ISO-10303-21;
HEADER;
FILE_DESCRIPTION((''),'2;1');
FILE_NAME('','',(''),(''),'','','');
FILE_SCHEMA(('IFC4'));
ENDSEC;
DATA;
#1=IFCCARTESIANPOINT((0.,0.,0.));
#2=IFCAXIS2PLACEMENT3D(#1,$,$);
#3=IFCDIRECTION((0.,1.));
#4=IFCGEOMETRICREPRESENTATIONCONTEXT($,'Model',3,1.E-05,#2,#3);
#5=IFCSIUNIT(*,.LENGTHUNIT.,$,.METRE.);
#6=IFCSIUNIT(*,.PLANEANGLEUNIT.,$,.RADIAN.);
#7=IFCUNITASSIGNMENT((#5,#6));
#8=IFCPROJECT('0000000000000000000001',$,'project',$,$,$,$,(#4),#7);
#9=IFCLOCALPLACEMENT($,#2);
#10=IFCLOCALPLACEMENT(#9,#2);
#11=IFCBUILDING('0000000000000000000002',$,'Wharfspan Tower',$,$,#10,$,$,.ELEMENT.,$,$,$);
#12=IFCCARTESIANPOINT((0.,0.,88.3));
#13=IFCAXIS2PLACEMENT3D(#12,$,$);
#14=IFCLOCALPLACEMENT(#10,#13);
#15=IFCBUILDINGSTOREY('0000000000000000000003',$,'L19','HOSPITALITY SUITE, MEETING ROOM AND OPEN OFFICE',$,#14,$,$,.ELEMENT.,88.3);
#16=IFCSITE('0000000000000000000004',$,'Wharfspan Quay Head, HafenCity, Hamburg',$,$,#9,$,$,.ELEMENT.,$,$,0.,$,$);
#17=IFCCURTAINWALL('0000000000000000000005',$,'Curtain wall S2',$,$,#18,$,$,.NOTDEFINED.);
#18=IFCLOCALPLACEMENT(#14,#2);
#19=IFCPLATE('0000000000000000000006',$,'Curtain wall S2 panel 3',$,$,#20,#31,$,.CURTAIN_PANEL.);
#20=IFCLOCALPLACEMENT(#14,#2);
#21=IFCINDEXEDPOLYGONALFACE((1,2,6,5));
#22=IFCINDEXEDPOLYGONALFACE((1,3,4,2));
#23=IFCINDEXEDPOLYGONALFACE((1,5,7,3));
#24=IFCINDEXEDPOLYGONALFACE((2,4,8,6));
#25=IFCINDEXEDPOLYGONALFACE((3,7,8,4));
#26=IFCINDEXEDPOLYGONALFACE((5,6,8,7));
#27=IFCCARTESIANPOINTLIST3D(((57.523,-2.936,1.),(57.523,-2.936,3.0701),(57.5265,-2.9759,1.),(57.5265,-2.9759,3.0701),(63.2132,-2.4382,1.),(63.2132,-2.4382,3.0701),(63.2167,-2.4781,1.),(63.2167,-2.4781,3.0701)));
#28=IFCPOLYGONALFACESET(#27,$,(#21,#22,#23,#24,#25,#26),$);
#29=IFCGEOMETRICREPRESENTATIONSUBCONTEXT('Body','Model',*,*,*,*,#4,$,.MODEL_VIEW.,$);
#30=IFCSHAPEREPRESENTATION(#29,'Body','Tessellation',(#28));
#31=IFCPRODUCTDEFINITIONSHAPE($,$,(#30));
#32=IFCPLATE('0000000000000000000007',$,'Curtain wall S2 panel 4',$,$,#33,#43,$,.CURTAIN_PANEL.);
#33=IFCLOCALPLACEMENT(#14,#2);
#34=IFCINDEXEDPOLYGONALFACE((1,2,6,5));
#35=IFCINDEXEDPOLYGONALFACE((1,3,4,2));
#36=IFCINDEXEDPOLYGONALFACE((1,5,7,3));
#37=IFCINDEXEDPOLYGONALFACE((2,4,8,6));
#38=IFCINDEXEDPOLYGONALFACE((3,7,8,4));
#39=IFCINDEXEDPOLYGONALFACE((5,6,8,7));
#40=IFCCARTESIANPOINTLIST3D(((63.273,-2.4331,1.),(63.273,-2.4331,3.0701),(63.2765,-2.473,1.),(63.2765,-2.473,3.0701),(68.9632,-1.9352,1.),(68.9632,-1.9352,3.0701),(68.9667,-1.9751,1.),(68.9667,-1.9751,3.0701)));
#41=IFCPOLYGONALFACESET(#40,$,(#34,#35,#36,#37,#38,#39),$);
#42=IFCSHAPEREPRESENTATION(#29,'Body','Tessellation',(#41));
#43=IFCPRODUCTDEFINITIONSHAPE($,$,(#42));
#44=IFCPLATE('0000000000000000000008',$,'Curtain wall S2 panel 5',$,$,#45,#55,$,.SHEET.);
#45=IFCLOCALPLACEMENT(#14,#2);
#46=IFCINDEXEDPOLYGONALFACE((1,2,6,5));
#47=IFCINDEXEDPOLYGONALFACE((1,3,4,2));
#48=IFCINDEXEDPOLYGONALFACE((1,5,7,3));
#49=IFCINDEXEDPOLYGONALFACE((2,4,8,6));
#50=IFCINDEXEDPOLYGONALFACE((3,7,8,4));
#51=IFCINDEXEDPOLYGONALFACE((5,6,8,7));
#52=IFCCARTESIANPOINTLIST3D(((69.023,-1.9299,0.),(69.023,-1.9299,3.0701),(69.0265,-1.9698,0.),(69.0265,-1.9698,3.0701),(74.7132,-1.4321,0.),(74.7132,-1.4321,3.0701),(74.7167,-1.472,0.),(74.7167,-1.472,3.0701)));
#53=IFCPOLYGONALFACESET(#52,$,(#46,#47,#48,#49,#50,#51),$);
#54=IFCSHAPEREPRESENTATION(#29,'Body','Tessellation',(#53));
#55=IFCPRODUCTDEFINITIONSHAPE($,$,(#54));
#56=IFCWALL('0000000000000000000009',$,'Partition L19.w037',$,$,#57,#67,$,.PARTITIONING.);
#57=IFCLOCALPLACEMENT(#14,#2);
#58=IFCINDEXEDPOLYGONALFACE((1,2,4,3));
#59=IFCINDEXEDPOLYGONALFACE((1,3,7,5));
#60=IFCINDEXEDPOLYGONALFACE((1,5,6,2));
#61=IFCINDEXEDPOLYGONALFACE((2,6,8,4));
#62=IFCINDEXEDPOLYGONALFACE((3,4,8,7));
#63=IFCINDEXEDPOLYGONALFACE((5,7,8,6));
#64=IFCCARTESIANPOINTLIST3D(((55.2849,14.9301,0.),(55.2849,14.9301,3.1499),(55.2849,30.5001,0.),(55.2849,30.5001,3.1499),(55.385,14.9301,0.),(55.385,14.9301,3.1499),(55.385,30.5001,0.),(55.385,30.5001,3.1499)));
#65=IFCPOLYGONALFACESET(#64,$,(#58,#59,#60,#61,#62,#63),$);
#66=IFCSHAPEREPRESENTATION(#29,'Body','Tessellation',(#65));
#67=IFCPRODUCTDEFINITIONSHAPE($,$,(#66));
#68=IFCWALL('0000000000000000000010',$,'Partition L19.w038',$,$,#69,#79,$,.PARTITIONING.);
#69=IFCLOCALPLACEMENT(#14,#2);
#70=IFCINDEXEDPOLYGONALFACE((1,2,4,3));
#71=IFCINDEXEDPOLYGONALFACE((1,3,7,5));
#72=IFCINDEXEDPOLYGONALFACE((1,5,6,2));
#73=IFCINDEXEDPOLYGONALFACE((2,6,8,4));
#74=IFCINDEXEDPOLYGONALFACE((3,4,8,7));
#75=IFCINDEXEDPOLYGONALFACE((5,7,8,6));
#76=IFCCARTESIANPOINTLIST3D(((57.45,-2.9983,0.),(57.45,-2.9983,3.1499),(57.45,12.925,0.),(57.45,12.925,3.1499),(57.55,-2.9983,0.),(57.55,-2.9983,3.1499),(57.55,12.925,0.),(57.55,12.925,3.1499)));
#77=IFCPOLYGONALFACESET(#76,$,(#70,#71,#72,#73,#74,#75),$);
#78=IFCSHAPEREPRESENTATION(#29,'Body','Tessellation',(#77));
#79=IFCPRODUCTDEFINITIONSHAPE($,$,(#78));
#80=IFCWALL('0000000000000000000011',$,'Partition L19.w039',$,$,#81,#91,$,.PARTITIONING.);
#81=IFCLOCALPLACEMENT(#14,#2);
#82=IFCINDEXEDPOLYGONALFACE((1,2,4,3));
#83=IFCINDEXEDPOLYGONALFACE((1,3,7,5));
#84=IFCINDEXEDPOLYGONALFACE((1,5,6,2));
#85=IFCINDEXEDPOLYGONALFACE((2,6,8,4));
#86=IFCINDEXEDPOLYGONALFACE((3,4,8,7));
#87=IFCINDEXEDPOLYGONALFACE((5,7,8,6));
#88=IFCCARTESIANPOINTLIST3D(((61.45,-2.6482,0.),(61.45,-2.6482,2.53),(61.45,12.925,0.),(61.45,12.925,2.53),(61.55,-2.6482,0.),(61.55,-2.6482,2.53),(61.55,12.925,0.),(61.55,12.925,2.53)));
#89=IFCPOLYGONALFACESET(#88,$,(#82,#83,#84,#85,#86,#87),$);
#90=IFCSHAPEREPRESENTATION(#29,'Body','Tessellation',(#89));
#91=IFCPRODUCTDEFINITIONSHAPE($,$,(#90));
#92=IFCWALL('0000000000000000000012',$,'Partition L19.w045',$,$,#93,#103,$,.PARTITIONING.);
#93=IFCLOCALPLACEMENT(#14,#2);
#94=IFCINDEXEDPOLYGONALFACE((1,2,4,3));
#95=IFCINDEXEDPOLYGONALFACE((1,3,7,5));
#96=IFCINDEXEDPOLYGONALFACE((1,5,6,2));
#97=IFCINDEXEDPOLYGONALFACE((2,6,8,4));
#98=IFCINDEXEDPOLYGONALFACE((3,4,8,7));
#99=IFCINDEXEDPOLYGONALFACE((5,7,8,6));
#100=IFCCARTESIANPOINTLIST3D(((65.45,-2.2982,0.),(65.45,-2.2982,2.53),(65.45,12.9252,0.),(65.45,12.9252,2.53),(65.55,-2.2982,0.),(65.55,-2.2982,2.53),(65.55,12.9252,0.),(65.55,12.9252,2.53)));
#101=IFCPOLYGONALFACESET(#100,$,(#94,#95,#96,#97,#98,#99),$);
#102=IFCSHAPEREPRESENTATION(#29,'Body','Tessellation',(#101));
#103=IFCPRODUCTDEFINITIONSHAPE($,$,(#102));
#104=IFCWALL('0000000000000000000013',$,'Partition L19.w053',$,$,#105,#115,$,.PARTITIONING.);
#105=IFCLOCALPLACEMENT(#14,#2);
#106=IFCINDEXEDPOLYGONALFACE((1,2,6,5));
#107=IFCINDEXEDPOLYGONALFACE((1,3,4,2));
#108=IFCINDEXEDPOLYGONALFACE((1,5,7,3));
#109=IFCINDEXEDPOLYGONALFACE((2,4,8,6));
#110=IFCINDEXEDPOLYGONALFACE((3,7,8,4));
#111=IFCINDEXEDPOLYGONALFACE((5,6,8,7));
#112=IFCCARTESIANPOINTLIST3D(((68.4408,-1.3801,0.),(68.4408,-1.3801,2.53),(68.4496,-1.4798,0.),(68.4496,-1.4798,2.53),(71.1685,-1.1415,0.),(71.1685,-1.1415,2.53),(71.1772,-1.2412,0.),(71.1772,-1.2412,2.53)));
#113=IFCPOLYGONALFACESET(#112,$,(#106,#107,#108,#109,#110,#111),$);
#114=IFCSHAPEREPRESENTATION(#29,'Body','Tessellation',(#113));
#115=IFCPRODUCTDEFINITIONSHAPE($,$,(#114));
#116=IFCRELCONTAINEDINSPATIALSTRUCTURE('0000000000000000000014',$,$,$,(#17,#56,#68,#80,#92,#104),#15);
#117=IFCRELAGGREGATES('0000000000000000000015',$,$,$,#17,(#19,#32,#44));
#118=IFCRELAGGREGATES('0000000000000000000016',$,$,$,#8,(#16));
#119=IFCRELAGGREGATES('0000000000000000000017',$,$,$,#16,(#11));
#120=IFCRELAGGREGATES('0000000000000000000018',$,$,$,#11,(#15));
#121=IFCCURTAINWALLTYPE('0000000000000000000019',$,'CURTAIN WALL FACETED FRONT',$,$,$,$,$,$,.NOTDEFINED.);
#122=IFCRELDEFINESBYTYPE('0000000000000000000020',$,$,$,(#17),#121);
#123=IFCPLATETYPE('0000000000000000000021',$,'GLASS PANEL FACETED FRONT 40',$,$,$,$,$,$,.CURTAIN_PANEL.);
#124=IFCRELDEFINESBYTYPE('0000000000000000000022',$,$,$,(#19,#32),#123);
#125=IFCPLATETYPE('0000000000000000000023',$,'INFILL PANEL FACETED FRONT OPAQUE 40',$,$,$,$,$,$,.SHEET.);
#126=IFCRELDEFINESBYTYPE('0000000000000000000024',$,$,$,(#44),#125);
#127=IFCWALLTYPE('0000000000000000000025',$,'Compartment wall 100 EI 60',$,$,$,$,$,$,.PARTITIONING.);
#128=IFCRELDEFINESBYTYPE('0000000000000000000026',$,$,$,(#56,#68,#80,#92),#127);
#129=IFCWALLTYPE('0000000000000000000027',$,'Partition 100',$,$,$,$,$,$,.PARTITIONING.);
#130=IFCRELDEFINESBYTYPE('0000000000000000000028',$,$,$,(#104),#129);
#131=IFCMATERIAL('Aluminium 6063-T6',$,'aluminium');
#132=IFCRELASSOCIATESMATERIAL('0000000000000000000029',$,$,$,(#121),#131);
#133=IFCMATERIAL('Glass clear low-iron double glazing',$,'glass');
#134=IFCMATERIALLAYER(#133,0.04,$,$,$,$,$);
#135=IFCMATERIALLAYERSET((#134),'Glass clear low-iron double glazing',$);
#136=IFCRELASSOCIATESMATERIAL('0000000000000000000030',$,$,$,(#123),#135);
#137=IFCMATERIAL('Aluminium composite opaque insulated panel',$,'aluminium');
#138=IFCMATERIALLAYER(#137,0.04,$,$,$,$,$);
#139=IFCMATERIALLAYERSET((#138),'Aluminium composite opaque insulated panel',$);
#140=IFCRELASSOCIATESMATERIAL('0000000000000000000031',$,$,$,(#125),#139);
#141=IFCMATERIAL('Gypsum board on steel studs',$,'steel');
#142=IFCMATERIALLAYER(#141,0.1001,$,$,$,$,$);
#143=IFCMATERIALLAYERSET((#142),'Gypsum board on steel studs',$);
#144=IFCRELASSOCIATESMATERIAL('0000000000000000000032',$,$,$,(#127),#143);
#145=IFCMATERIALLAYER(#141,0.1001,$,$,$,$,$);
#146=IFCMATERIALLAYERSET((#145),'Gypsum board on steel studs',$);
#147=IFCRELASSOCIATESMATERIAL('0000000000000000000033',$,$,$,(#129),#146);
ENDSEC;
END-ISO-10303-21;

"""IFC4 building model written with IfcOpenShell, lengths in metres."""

from ifc_helpers import new_model, si_unit, direction, frame, frame_2d, origin, origin_2d, place, context, subcontext, project, spatial, rectangle, extrude, material, layer, layer_set, type_object, element, aggregate, save


model = new_model("IFC4")

# Units and contexts
model_context = context("Model", 3, precision=1e-05, world=origin(), true_north=direction((0.0, 1.0)))
body_context = subcontext(model_context, "Body", "Model", "MODEL_VIEW")
ifc_project = project(units=[si_unit("LENGTHUNIT", "METRE"), si_unit("PLANEANGLEUNIT", "RADIAN")], contexts=[model_context])

# Site, building, storey
site_placement = place(None, origin())
site = spatial("IfcSite", under=ifc_project, at=site_placement, Name="Wharfspan Quay Head, HafenCity, Hamburg", CompositionType="ELEMENT", RefElevation=0.0)
building_placement = place(site_placement, origin())
building = spatial("IfcBuilding", under=site, at=building_placement, Name="Wharfspan Tower", CompositionType="ELEMENT")
storey_placement = place(building_placement, frame((0.0, 0.0, 88.3)))
storey = spatial("IfcBuildingStorey", under=building, at=storey_placement, Name="L19", Description="HOSPITALITY SUITE, MEETING ROOM AND OPEN OFFICE", CompositionType="ELEMENT", Elevation=88.3)

# Curtain wall, plates
ifc_material_1 = material(Name="Aluminium 6063-T6", Category="aluminium")
curtain_wall_type = type_object("IfcCurtainWallType", Name="CURTAIN WALL FACETED FRONT", PredefinedType="NOTDEFINED", material=ifc_material_1)
curtain_wall_placement = place(storey_placement, origin())
curtain_wall = element("IfcCurtainWall", 1, at=curtain_wall_placement, inside=storey, type_object=curtain_wall_type, Name="Curtain wall S2", PredefinedType="NOTDEFINED")
ifc_material_2 = material(Name="Glass clear low-iron double glazing", Category="glass")
ifc_layer_1 = layer(ifc_material_2, 0.04)
ifc_layer_set_1 = layer_set([ifc_layer_1], Name="Glass clear low-iron double glazing")
plate_type_1 = type_object("IfcPlateType", Name="GLASS PANEL FACETED FRONT 40", PredefinedType="CURTAIN_PANEL", material=ifc_layer_set_1)
plate_1_placement = place(storey_placement, frame((60.3699, -2.707, 1.0), z_axis=(0.0, 0.0, 1.0), x_axis=(0.996197, 0.087156, 0.0)))
plate_1 = element("IfcPlate", 2, at=plate_1_placement, type_object=plate_type_1, Name="Curtain wall S2 panel 3", PredefinedType="CURTAIN_PANEL", context=body_context, shape_type="SweptSolid", body=[
    extrude(rectangle(XDim=5.7119, YDim=0.04, at=origin_2d()), origin(), (0.0, 0.0, 1.0), 2.0701),
])
plate_2_placement = place(storey_placement, frame((66.1199, -2.2041, 1.0), z_axis=(0.0, 0.0, 1.0), x_axis=(0.996197, 0.087156, 0.0)))
plate_2 = element("IfcPlate", 3, at=plate_2_placement, type_object=plate_type_1, Name="Curtain wall S2 panel 4", PredefinedType="CURTAIN_PANEL", context=body_context, shape_type="SweptSolid", body=[
    extrude(rectangle(XDim=5.7119, YDim=0.04, at=origin_2d()), origin(), (0.0, 0.0, 1.0), 2.0701),
])
ifc_material_3 = material(Name="Aluminium composite opaque insulated panel", Category="aluminium")
ifc_layer_2 = layer(ifc_material_3, 0.04)
ifc_layer_set_2 = layer_set([ifc_layer_2], Name="Aluminium composite opaque insulated panel")
plate_type_2 = type_object("IfcPlateType", Name="INFILL PANEL FACETED FRONT OPAQUE 40", PredefinedType="SHEET", material=ifc_layer_set_2)
plate_3_placement = place(storey_placement, frame((71.8699, -1.7009, 0.0), z_axis=(0.0, 0.0, 1.0), x_axis=(0.996197, 0.087156, 0.0)))
plate_3 = element("IfcPlate", 4, at=plate_3_placement, type_object=plate_type_2, Name="Curtain wall S2 panel 5", PredefinedType="SHEET", context=body_context, shape_type="SweptSolid", body=[
    extrude(rectangle(XDim=5.7119, YDim=0.04, at=origin_2d()), origin(), (0.0, 0.0, 1.0), 3.0701),
])
aggregate(curtain_wall, [plate_1, plate_2, plate_3])

# Walls
ifc_material_4 = material(Name="Gypsum board on steel studs", Category="steel")
ifc_layer_3 = layer(ifc_material_4, 0.1001)
ifc_layer_set_3 = layer_set([ifc_layer_3], Name="Gypsum board on steel studs")
wall_type_1 = type_object("IfcWallType", Name="Compartment wall 100 EI 60", PredefinedType="PARTITIONING", material=ifc_layer_set_3)
wall_1_placement = place(storey_placement, frame((55.335, 14.9299, 0.0), z_axis=(0.0, 0.0, 1.0), x_axis=(0.0, 1.0, 0.0)))
element("IfcWall", 5, at=wall_1_placement, inside=storey, type_object=wall_type_1, Name="Partition L19.w037", PredefinedType="PARTITIONING", context=body_context, shape_type="SweptSolid", body=[
    extrude(rectangle(XDim=15.5701, YDim=0.1001, at=frame_2d((7.7852, 0.0))), origin(), (0.0, 0.0, 1.0), 3.1499),
])
wall_2_placement = place(storey_placement, frame((57.5, -2.9983, 0.0), z_axis=(0.0, 0.0, 1.0), x_axis=(0.0, 1.0, 0.0)))
element("IfcWall", 6, at=wall_2_placement, inside=storey, type_object=wall_type_1, Name="Partition L19.w038", PredefinedType="PARTITIONING", context=body_context, shape_type="SweptSolid", body=[
    extrude(rectangle(XDim=15.9233, YDim=0.1001, at=frame_2d((7.9617, 0.0))), origin(), (0.0, 0.0, 1.0), 3.1499),
])
wall_3_placement = place(storey_placement, frame((61.5, -2.6482, 0.0), z_axis=(0.0, 0.0, 1.0), x_axis=(0.0, 1.0, 0.0)))
element("IfcWall", 7, at=wall_3_placement, inside=storey, type_object=wall_type_1, Name="Partition L19.w039", PredefinedType="PARTITIONING", context=body_context, shape_type="SweptSolid", body=[
    extrude(rectangle(XDim=15.5732, YDim=0.1001, at=frame_2d((7.7866, 0.0))), origin(), (0.0, 0.0, 1.0), 2.53),
])
wall_4_placement = place(storey_placement, frame((65.5, -2.2983, 0.0), z_axis=(0.0, 0.0, 1.0), x_axis=(0.0, 1.0, 0.0)))
element("IfcWall", 8, at=wall_4_placement, inside=storey, type_object=wall_type_1, Name="Partition L19.w045", PredefinedType="PARTITIONING", context=body_context, shape_type="SweptSolid", body=[
    extrude(rectangle(XDim=15.2234, YDim=0.1001, at=frame_2d((7.6118, 0.0))), origin(), (0.0, 0.0, 1.0), 2.53),
])
ifc_layer_4 = layer(ifc_material_4, 0.1001)
ifc_layer_set_4 = layer_set([ifc_layer_4], Name="Gypsum board on steel studs")
wall_type_2 = type_object("IfcWallType", Name="Partition 100", PredefinedType="PARTITIONING", material=ifc_layer_set_4)
wall_5_placement = place(storey_placement, frame((68.4451, -1.4299, 0.0), z_axis=(0.0, 0.0, 1.0), x_axis=(0.996195, 0.087118, 0.0)))
element("IfcWall", 9, at=wall_5_placement, inside=storey, type_object=wall_type_2, Name="Partition L19.w053", PredefinedType="PARTITIONING", context=body_context, shape_type="SweptSolid", body=[
    extrude(rectangle(XDim=2.738, YDim=0.1001, at=frame_2d((1.3691, 0.0))), origin(), (0.0, 0.0, 1.0), 2.53),
])

save(model, "model.ifc")
